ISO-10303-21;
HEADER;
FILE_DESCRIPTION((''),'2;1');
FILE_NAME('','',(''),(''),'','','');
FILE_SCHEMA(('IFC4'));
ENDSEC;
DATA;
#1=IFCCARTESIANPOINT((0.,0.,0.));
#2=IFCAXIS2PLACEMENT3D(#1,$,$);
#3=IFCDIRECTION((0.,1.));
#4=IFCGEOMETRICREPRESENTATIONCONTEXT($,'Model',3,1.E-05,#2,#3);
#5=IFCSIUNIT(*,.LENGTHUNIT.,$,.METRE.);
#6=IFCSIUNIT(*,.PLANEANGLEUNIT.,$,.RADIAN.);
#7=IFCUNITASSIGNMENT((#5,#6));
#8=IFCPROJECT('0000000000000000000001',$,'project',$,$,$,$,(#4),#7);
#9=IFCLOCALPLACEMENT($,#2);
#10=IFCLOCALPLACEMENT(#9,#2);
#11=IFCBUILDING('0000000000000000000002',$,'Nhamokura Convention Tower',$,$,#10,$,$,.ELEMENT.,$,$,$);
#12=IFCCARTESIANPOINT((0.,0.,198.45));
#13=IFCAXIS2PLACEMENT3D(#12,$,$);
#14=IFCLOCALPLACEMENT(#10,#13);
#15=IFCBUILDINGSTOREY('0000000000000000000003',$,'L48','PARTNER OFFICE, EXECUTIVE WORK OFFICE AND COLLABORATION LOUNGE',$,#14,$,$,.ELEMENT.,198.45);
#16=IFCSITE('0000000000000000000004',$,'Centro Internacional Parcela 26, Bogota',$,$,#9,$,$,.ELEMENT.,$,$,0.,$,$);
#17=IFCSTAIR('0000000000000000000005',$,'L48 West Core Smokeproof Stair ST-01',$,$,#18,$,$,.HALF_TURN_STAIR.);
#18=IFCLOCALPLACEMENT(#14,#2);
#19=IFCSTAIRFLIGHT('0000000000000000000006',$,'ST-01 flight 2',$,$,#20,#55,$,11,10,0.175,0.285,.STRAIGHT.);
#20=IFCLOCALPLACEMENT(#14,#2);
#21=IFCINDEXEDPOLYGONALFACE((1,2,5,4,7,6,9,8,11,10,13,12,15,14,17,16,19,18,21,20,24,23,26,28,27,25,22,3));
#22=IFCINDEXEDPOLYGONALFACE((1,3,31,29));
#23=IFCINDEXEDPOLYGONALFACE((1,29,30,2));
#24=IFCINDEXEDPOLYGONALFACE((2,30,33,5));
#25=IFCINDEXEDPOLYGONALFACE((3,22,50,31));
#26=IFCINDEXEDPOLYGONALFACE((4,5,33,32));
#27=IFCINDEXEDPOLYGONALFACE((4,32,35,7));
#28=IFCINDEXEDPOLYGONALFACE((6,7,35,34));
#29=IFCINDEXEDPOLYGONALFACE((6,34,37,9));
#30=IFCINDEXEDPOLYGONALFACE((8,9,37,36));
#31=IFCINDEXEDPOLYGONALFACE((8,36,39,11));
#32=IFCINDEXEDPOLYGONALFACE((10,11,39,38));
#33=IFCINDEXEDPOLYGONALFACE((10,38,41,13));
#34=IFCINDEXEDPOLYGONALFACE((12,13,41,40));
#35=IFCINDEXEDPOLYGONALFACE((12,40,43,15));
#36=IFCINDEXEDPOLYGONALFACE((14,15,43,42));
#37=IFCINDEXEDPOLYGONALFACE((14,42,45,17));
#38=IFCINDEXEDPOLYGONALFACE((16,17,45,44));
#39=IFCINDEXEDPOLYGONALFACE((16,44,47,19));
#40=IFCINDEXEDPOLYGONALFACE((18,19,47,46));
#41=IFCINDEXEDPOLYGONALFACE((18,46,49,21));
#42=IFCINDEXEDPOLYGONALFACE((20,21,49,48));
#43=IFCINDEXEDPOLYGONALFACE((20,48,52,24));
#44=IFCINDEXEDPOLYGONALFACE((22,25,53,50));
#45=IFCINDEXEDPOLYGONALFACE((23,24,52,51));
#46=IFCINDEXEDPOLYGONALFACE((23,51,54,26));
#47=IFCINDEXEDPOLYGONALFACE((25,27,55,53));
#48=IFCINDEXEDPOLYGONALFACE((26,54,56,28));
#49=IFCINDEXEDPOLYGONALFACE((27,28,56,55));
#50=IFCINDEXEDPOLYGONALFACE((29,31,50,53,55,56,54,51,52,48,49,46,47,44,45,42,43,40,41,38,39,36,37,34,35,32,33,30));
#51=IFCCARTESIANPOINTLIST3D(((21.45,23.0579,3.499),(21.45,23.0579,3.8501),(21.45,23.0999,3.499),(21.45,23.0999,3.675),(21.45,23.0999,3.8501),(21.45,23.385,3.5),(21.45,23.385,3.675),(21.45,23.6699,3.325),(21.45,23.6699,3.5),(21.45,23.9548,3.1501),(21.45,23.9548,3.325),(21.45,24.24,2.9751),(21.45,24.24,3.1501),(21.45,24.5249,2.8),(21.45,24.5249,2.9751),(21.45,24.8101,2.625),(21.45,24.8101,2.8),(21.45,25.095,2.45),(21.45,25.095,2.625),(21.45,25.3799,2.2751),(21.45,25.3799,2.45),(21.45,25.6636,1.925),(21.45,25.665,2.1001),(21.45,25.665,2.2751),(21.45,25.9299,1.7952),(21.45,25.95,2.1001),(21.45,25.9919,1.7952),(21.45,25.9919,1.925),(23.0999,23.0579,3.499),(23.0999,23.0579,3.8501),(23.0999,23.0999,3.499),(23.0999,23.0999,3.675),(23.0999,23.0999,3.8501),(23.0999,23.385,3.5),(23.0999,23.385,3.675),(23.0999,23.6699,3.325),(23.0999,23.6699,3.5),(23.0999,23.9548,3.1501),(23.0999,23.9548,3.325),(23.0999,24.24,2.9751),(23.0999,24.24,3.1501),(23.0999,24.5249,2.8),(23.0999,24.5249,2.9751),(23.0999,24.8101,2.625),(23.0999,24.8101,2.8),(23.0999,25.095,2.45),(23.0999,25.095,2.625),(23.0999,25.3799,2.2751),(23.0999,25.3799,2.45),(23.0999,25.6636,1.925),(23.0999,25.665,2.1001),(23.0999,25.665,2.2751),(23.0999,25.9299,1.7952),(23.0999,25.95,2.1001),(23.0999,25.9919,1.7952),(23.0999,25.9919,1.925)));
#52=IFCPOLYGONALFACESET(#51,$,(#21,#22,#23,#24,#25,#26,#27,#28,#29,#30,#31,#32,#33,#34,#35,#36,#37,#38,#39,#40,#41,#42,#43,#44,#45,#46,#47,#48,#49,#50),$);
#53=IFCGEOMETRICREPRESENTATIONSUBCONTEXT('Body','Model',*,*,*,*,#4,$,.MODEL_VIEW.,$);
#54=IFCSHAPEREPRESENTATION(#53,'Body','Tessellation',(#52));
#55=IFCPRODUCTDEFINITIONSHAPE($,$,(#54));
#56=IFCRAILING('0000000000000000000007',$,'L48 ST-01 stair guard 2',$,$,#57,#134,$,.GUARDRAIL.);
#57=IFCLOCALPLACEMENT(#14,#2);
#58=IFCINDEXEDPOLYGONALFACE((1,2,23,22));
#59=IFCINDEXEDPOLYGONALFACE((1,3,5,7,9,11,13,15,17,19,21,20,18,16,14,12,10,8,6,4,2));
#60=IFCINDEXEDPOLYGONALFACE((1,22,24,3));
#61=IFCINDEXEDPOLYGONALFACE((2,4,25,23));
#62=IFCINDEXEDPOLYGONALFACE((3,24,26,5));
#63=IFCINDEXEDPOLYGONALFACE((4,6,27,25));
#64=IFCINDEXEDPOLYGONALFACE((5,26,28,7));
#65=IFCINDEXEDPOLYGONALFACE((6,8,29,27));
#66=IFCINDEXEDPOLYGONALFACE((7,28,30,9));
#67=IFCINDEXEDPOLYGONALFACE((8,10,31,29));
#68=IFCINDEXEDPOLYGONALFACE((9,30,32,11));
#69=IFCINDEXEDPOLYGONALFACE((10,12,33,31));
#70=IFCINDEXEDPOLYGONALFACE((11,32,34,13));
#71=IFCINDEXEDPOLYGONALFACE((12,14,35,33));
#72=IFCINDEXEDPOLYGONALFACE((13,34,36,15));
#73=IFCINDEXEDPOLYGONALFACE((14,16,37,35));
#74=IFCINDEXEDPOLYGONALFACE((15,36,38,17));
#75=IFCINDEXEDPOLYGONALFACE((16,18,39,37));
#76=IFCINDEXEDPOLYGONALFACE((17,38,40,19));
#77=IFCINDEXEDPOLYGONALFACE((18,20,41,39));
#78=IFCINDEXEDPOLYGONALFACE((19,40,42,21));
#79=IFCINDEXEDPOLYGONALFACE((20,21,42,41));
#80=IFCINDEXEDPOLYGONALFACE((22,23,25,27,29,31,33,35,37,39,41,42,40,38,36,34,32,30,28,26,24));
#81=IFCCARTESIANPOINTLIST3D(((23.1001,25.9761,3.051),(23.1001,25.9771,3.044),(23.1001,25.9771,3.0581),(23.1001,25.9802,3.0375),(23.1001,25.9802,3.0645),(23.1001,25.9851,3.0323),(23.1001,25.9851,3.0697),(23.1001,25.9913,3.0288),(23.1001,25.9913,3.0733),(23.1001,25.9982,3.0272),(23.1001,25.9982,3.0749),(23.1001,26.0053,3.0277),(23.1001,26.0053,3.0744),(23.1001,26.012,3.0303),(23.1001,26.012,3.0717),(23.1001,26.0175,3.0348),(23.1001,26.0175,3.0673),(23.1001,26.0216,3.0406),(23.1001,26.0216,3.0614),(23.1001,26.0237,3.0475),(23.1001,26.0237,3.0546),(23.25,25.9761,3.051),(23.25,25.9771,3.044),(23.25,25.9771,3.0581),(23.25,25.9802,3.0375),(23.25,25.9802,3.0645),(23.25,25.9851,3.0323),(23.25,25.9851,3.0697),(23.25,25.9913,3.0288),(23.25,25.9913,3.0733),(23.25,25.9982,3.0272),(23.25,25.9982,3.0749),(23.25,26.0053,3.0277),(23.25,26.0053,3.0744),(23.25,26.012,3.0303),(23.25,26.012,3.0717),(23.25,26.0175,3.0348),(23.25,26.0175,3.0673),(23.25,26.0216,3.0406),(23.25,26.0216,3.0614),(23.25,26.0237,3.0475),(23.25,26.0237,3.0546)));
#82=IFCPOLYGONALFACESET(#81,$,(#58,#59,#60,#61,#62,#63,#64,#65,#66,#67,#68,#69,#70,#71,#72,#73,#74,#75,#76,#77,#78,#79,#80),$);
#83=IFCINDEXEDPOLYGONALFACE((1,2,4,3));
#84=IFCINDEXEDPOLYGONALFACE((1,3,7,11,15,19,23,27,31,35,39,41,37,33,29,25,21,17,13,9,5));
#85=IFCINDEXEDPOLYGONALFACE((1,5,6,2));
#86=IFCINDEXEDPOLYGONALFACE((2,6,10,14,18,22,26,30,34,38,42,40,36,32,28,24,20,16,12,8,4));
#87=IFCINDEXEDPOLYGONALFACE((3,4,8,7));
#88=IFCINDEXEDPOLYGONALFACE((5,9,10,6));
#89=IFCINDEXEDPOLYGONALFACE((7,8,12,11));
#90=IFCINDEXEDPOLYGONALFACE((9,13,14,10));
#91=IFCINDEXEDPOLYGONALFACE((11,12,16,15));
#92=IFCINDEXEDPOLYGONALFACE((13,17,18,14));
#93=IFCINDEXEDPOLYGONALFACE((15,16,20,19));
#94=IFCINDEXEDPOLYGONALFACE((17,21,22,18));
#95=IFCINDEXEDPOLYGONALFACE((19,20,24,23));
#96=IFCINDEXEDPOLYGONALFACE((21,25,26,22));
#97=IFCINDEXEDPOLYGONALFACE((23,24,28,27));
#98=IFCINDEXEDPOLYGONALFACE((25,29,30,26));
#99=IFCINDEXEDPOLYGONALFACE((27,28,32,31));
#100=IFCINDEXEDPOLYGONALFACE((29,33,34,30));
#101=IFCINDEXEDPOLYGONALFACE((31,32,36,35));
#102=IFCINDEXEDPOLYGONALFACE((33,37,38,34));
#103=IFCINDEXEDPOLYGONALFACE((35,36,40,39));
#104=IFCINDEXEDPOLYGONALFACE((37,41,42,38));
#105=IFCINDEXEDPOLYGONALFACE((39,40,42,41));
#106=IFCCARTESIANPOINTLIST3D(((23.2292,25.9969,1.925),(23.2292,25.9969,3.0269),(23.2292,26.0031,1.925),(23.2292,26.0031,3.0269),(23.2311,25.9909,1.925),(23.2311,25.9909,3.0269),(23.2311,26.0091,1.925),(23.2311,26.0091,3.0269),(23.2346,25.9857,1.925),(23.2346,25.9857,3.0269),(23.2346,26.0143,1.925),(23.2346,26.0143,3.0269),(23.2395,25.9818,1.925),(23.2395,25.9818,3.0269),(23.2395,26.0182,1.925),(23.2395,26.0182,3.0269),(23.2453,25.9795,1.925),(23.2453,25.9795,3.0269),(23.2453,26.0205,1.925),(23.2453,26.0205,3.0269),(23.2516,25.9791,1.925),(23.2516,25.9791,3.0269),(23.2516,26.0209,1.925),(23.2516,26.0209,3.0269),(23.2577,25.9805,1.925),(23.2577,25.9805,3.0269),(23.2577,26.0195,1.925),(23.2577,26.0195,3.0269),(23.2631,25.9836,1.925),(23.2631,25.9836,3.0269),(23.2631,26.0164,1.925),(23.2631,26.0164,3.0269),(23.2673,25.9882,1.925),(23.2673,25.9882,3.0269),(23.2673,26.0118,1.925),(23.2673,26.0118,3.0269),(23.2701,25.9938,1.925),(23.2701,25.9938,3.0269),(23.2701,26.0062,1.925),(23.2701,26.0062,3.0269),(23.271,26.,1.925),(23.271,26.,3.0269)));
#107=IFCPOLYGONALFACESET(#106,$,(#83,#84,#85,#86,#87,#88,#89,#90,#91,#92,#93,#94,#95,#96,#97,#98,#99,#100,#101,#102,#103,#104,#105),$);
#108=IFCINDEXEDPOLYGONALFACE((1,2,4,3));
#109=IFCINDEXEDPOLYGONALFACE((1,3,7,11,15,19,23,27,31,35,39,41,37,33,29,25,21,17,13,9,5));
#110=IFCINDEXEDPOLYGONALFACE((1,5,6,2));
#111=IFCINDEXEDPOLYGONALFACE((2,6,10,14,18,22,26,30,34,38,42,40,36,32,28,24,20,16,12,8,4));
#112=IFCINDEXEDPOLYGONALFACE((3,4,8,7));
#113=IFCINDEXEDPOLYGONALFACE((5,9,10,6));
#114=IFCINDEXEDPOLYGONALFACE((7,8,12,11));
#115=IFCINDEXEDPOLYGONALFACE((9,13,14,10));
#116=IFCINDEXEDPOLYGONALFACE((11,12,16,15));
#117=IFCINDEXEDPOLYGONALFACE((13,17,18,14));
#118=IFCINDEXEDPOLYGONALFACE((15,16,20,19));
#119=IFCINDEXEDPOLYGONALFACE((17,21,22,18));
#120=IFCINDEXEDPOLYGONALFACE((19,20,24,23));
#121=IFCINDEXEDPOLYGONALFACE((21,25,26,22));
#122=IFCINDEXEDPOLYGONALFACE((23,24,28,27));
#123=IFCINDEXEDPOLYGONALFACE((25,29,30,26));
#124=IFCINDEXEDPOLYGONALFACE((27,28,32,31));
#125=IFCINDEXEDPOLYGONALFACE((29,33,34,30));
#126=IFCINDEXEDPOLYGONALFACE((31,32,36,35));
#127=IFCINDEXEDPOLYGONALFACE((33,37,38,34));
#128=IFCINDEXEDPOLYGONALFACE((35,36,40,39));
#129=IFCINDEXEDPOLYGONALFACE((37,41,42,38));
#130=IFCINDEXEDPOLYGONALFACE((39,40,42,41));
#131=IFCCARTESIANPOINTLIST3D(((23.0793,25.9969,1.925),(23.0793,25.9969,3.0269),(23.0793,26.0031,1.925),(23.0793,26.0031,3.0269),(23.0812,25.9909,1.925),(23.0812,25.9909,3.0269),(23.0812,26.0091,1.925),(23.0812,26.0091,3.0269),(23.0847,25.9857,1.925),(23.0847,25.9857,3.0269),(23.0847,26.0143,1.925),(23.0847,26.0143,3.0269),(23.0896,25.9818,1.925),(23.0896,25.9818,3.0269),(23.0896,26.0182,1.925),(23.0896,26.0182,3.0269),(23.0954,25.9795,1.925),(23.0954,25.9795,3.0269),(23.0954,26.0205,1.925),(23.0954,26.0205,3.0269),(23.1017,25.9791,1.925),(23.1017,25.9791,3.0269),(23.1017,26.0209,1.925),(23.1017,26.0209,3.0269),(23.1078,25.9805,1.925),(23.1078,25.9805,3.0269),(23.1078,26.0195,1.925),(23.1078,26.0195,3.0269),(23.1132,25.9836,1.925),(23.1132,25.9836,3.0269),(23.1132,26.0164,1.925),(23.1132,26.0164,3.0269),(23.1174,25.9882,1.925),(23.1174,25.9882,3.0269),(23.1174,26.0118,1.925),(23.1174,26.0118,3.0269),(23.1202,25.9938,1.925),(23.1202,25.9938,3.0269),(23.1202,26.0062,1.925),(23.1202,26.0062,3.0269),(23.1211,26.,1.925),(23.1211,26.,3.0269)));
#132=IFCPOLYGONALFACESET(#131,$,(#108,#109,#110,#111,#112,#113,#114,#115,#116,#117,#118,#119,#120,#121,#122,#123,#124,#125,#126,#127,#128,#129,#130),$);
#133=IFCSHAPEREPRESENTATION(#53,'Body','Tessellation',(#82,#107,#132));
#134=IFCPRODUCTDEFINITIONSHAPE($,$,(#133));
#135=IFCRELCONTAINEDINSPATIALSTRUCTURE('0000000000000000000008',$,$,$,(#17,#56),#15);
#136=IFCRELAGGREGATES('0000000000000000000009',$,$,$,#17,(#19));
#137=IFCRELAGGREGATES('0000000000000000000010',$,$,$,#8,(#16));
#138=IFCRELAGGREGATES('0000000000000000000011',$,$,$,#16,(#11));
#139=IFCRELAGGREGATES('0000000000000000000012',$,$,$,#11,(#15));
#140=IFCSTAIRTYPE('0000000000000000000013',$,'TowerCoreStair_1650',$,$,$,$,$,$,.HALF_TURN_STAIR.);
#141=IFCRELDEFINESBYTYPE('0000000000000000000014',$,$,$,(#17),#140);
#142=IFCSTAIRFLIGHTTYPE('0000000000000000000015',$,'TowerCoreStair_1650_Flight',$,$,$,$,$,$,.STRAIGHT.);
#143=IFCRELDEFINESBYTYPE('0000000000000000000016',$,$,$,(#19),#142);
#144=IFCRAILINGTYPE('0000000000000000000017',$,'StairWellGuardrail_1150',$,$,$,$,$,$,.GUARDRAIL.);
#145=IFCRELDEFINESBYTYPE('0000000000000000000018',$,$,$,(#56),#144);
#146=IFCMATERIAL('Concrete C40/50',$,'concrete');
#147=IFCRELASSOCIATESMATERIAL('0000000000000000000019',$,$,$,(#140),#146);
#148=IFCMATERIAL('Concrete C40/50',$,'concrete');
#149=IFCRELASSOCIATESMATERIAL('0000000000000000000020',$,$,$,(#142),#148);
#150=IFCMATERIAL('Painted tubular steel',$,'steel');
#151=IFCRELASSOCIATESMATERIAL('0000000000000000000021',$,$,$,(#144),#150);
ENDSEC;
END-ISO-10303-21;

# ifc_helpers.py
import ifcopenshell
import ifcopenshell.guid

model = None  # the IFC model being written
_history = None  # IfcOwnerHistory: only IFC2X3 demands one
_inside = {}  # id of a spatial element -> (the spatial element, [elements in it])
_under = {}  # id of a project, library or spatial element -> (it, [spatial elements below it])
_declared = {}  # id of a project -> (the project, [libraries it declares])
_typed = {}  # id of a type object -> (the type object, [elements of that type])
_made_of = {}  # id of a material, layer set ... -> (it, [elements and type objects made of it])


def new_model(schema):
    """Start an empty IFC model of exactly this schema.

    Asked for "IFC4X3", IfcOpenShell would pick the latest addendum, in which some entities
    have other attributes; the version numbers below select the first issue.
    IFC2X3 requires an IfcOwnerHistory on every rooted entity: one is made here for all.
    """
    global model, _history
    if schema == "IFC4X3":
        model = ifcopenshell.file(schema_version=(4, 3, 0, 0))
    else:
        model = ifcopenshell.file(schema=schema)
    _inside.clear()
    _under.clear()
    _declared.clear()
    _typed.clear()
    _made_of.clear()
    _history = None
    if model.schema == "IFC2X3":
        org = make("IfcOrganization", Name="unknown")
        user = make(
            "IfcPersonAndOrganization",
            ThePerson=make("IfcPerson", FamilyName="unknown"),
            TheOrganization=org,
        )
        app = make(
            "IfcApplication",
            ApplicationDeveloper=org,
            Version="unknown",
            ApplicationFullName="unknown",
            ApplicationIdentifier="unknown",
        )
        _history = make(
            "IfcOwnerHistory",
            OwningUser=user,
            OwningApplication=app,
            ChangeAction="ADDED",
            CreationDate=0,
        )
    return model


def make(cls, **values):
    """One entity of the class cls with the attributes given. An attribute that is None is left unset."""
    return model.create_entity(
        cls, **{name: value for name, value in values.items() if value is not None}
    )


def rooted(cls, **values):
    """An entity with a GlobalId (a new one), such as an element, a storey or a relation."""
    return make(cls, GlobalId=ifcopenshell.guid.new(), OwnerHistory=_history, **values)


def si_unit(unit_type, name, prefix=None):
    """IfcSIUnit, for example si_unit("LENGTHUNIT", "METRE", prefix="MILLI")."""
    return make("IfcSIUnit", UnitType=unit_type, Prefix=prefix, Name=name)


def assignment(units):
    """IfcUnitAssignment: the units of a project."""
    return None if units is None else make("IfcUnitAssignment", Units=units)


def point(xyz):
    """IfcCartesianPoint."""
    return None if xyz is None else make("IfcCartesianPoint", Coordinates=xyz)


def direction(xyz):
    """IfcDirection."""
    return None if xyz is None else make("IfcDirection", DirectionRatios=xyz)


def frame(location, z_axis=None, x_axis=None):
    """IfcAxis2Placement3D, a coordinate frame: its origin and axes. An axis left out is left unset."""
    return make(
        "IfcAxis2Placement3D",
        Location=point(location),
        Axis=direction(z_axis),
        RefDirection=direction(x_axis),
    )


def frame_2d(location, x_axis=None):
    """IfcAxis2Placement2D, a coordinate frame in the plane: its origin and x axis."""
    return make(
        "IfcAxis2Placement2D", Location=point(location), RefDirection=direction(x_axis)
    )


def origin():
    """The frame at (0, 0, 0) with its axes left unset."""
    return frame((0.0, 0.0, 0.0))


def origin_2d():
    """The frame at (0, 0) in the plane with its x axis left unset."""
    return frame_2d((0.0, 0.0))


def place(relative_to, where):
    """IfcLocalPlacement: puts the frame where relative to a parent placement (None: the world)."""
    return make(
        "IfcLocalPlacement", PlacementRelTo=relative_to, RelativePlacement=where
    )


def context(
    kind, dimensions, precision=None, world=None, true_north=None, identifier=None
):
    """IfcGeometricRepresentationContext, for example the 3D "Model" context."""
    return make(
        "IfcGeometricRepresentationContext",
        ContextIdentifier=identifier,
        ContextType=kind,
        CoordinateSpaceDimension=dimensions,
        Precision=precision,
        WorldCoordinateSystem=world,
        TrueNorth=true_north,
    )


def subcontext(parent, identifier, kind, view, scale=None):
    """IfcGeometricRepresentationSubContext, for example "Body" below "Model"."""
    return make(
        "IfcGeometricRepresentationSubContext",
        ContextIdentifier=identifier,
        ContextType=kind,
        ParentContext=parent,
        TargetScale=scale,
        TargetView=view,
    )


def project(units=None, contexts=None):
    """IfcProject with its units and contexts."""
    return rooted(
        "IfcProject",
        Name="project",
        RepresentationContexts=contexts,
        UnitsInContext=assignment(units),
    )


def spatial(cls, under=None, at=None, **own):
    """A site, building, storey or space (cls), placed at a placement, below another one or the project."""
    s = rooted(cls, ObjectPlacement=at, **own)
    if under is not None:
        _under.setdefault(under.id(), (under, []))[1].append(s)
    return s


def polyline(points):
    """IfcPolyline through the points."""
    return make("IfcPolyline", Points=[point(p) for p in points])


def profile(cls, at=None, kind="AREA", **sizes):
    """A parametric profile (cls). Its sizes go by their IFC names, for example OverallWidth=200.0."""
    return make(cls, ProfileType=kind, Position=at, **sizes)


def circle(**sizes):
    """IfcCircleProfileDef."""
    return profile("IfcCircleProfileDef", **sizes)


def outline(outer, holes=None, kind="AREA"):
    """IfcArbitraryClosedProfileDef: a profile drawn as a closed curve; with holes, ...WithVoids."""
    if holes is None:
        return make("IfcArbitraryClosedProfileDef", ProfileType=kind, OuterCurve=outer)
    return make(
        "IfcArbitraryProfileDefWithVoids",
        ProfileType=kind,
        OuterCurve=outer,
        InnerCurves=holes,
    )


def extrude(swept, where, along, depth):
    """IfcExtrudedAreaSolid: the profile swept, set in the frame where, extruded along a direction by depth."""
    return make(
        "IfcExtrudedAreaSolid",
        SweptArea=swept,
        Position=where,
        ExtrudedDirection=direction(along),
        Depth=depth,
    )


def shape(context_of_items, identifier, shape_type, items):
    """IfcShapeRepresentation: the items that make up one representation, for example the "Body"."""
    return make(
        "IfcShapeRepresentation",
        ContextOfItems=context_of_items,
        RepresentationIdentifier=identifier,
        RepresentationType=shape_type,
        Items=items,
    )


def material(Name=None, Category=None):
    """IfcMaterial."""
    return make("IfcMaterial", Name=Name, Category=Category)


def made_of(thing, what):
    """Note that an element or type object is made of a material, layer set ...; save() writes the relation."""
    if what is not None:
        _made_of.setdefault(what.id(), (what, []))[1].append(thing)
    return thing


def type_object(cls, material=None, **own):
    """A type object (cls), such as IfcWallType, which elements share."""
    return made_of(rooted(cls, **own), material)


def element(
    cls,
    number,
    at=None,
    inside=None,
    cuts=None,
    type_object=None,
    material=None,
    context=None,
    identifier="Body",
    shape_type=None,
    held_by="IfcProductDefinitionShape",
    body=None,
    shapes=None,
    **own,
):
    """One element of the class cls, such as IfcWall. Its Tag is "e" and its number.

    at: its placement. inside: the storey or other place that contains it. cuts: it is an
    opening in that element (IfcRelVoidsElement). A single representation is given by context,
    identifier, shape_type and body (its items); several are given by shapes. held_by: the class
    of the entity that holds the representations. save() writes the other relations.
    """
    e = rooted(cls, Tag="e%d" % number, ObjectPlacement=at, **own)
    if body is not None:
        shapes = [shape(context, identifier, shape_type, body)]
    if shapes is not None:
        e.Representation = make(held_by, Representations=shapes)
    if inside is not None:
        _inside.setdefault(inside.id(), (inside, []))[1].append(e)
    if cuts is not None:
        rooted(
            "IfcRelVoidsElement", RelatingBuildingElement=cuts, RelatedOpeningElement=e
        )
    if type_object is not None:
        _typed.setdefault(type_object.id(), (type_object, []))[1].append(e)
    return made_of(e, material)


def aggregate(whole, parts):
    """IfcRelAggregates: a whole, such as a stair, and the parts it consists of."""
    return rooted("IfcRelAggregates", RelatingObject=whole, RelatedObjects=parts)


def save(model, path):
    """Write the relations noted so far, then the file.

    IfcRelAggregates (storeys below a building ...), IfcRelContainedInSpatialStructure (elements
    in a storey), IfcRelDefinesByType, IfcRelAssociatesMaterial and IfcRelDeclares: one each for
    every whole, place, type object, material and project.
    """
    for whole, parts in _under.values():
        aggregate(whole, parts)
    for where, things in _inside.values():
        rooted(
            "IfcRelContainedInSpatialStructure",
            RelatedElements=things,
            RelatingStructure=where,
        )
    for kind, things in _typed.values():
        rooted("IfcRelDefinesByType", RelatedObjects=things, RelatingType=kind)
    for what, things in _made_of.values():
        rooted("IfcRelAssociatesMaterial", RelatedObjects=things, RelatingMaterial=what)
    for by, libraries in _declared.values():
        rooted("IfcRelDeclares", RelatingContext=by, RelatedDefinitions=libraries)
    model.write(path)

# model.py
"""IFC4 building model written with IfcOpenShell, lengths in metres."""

from ifc_helpers import new_model, si_unit, direction, frame, origin, origin_2d, place, context, subcontext, project, spatial, polyline, circle, outline, extrude, material, type_object, element, aggregate, save


model = new_model("IFC4")

# Units and contexts
model_context = context("Model", 3, precision=1e-05, world=origin(), true_north=direction((0.0, 1.0)))
body_context = subcontext(model_context, "Body", "Model", "MODEL_VIEW")
ifc_project = project(units=[si_unit("LENGTHUNIT", "METRE"), si_unit("PLANEANGLEUNIT", "RADIAN")], contexts=[model_context])

# Site, building, storey
site_placement = place(None, origin())
site = spatial("IfcSite", under=ifc_project, at=site_placement, Name="Centro Internacional Parcela 26, Bogota", CompositionType="ELEMENT", RefElevation=0.0)
building_placement = place(site_placement, origin())
building = spatial("IfcBuilding", under=site, at=building_placement, Name="Nhamokura Convention Tower", CompositionType="ELEMENT")
storey_placement = place(building_placement, frame((0.0, 0.0, 198.45)))
storey = spatial("IfcBuildingStorey", under=building, at=storey_placement, Name="L48", Description="PARTNER OFFICE, EXECUTIVE WORK OFFICE AND COLLABORATION LOUNGE", CompositionType="ELEMENT", Elevation=198.45)

# Stair, stair flight
ifc_material_1 = material(Name="Concrete C40/50", Category="concrete")
stair_type = type_object("IfcStairType", Name="TowerCoreStair_1650", PredefinedType="HALF_TURN_STAIR", material=ifc_material_1)
stair_placement = place(storey_placement, origin())
stair = element("IfcStair", 1, at=stair_placement, inside=storey, type_object=stair_type, Name="L48 West Core Smokeproof Stair ST-01", PredefinedType="HALF_TURN_STAIR")
ifc_material_2 = material(Name="Concrete C40/50", Category="concrete")
stair_flight_type = type_object("IfcStairFlightType", Name="TowerCoreStair_1650_Flight", PredefinedType="STRAIGHT", material=ifc_material_2)
stair_flight_placement = place(storey_placement, frame((22.2749, 25.95, 1.925), z_axis=(0.0, 0.0, 1.0), x_axis=(0.0, -1.0, 0.0)))
stair_flight = element("IfcStairFlight", 2, at=stair_flight_placement, type_object=stair_flight_type, Name="ST-01 flight 2", NumberOfRisers=11, NumberOfTreads=10, PredefinedType="STRAIGHT", RiserHeight=0.175, TreadLength=0.285, context=body_context, shape_type="SweptSolid", body=[
    extrude(outline(polyline([(-0.042, 0.0), (0.0, 0.175), (0.2849, 0.175), (0.2849, 0.3501), (0.5701, 0.3501), (0.5701, 0.5249), (0.855, 0.5249), (0.855, 0.7), (1.1399, 0.7), (1.1399, 0.875), (1.425, 0.875), (1.425, 1.05), (1.71, 1.05), (1.71, 1.2251), (1.9951, 1.2251), (1.9951, 1.3999), (2.28, 1.3999), (2.28, 1.575), (2.5649, 1.575), (2.5649, 1.75), (2.8501, 1.75), (2.8501, 1.925), (2.8921, 1.925), (2.8921, 1.574), (2.8501, 1.574), (0.2864, 0.0), (0.02, -0.1299), (-0.042, -0.1299), (-0.042, 0.0)])), frame((0.0, 0.825, 0.0), z_axis=(0.0, -1.0, 0.0), x_axis=(1.0, 0.0, 0.0)), (0.0, 0.0, 1.0), 1.6499),
])
aggregate(stair, [stair_flight])

# Railing
ifc_material_3 = material(Name="Painted tubular steel", Category="steel")
railing_type = type_object("IfcRailingType", Name="StairWellGuardrail_1150", PredefinedType="GUARDRAIL", material=ifc_material_3)
railing_1_placement = place(storey_placement, frame((23.25, 26.0, 1.925)))
element("IfcRailing", 3, at=railing_1_placement, inside=storey, type_object=railing_type, Name="L48 ST-01 stair guard 2", PredefinedType="GUARDRAIL", context=body_context, shape_type="SweptSolid", body=[
    extrude(circle(Radius=0.0239, at=origin_2d()), frame((0.0, 0.0, 1.126), z_axis=(-1.0, 0.0, 0.0), x_axis=(0.0, -1.0, 0.0)), (0.0, 0.0, 1.0), 0.1499),
    extrude(circle(Radius=0.021, at=origin_2d()), origin(), (0.0, 0.0, 1.0), 1.1018),
    extrude(circle(Radius=0.021, at=origin_2d()), frame((-0.1499, 0.0, 0.0)), (0.0, 0.0, 1.0), 1.1018),
])

save(model, "model.ifc")
